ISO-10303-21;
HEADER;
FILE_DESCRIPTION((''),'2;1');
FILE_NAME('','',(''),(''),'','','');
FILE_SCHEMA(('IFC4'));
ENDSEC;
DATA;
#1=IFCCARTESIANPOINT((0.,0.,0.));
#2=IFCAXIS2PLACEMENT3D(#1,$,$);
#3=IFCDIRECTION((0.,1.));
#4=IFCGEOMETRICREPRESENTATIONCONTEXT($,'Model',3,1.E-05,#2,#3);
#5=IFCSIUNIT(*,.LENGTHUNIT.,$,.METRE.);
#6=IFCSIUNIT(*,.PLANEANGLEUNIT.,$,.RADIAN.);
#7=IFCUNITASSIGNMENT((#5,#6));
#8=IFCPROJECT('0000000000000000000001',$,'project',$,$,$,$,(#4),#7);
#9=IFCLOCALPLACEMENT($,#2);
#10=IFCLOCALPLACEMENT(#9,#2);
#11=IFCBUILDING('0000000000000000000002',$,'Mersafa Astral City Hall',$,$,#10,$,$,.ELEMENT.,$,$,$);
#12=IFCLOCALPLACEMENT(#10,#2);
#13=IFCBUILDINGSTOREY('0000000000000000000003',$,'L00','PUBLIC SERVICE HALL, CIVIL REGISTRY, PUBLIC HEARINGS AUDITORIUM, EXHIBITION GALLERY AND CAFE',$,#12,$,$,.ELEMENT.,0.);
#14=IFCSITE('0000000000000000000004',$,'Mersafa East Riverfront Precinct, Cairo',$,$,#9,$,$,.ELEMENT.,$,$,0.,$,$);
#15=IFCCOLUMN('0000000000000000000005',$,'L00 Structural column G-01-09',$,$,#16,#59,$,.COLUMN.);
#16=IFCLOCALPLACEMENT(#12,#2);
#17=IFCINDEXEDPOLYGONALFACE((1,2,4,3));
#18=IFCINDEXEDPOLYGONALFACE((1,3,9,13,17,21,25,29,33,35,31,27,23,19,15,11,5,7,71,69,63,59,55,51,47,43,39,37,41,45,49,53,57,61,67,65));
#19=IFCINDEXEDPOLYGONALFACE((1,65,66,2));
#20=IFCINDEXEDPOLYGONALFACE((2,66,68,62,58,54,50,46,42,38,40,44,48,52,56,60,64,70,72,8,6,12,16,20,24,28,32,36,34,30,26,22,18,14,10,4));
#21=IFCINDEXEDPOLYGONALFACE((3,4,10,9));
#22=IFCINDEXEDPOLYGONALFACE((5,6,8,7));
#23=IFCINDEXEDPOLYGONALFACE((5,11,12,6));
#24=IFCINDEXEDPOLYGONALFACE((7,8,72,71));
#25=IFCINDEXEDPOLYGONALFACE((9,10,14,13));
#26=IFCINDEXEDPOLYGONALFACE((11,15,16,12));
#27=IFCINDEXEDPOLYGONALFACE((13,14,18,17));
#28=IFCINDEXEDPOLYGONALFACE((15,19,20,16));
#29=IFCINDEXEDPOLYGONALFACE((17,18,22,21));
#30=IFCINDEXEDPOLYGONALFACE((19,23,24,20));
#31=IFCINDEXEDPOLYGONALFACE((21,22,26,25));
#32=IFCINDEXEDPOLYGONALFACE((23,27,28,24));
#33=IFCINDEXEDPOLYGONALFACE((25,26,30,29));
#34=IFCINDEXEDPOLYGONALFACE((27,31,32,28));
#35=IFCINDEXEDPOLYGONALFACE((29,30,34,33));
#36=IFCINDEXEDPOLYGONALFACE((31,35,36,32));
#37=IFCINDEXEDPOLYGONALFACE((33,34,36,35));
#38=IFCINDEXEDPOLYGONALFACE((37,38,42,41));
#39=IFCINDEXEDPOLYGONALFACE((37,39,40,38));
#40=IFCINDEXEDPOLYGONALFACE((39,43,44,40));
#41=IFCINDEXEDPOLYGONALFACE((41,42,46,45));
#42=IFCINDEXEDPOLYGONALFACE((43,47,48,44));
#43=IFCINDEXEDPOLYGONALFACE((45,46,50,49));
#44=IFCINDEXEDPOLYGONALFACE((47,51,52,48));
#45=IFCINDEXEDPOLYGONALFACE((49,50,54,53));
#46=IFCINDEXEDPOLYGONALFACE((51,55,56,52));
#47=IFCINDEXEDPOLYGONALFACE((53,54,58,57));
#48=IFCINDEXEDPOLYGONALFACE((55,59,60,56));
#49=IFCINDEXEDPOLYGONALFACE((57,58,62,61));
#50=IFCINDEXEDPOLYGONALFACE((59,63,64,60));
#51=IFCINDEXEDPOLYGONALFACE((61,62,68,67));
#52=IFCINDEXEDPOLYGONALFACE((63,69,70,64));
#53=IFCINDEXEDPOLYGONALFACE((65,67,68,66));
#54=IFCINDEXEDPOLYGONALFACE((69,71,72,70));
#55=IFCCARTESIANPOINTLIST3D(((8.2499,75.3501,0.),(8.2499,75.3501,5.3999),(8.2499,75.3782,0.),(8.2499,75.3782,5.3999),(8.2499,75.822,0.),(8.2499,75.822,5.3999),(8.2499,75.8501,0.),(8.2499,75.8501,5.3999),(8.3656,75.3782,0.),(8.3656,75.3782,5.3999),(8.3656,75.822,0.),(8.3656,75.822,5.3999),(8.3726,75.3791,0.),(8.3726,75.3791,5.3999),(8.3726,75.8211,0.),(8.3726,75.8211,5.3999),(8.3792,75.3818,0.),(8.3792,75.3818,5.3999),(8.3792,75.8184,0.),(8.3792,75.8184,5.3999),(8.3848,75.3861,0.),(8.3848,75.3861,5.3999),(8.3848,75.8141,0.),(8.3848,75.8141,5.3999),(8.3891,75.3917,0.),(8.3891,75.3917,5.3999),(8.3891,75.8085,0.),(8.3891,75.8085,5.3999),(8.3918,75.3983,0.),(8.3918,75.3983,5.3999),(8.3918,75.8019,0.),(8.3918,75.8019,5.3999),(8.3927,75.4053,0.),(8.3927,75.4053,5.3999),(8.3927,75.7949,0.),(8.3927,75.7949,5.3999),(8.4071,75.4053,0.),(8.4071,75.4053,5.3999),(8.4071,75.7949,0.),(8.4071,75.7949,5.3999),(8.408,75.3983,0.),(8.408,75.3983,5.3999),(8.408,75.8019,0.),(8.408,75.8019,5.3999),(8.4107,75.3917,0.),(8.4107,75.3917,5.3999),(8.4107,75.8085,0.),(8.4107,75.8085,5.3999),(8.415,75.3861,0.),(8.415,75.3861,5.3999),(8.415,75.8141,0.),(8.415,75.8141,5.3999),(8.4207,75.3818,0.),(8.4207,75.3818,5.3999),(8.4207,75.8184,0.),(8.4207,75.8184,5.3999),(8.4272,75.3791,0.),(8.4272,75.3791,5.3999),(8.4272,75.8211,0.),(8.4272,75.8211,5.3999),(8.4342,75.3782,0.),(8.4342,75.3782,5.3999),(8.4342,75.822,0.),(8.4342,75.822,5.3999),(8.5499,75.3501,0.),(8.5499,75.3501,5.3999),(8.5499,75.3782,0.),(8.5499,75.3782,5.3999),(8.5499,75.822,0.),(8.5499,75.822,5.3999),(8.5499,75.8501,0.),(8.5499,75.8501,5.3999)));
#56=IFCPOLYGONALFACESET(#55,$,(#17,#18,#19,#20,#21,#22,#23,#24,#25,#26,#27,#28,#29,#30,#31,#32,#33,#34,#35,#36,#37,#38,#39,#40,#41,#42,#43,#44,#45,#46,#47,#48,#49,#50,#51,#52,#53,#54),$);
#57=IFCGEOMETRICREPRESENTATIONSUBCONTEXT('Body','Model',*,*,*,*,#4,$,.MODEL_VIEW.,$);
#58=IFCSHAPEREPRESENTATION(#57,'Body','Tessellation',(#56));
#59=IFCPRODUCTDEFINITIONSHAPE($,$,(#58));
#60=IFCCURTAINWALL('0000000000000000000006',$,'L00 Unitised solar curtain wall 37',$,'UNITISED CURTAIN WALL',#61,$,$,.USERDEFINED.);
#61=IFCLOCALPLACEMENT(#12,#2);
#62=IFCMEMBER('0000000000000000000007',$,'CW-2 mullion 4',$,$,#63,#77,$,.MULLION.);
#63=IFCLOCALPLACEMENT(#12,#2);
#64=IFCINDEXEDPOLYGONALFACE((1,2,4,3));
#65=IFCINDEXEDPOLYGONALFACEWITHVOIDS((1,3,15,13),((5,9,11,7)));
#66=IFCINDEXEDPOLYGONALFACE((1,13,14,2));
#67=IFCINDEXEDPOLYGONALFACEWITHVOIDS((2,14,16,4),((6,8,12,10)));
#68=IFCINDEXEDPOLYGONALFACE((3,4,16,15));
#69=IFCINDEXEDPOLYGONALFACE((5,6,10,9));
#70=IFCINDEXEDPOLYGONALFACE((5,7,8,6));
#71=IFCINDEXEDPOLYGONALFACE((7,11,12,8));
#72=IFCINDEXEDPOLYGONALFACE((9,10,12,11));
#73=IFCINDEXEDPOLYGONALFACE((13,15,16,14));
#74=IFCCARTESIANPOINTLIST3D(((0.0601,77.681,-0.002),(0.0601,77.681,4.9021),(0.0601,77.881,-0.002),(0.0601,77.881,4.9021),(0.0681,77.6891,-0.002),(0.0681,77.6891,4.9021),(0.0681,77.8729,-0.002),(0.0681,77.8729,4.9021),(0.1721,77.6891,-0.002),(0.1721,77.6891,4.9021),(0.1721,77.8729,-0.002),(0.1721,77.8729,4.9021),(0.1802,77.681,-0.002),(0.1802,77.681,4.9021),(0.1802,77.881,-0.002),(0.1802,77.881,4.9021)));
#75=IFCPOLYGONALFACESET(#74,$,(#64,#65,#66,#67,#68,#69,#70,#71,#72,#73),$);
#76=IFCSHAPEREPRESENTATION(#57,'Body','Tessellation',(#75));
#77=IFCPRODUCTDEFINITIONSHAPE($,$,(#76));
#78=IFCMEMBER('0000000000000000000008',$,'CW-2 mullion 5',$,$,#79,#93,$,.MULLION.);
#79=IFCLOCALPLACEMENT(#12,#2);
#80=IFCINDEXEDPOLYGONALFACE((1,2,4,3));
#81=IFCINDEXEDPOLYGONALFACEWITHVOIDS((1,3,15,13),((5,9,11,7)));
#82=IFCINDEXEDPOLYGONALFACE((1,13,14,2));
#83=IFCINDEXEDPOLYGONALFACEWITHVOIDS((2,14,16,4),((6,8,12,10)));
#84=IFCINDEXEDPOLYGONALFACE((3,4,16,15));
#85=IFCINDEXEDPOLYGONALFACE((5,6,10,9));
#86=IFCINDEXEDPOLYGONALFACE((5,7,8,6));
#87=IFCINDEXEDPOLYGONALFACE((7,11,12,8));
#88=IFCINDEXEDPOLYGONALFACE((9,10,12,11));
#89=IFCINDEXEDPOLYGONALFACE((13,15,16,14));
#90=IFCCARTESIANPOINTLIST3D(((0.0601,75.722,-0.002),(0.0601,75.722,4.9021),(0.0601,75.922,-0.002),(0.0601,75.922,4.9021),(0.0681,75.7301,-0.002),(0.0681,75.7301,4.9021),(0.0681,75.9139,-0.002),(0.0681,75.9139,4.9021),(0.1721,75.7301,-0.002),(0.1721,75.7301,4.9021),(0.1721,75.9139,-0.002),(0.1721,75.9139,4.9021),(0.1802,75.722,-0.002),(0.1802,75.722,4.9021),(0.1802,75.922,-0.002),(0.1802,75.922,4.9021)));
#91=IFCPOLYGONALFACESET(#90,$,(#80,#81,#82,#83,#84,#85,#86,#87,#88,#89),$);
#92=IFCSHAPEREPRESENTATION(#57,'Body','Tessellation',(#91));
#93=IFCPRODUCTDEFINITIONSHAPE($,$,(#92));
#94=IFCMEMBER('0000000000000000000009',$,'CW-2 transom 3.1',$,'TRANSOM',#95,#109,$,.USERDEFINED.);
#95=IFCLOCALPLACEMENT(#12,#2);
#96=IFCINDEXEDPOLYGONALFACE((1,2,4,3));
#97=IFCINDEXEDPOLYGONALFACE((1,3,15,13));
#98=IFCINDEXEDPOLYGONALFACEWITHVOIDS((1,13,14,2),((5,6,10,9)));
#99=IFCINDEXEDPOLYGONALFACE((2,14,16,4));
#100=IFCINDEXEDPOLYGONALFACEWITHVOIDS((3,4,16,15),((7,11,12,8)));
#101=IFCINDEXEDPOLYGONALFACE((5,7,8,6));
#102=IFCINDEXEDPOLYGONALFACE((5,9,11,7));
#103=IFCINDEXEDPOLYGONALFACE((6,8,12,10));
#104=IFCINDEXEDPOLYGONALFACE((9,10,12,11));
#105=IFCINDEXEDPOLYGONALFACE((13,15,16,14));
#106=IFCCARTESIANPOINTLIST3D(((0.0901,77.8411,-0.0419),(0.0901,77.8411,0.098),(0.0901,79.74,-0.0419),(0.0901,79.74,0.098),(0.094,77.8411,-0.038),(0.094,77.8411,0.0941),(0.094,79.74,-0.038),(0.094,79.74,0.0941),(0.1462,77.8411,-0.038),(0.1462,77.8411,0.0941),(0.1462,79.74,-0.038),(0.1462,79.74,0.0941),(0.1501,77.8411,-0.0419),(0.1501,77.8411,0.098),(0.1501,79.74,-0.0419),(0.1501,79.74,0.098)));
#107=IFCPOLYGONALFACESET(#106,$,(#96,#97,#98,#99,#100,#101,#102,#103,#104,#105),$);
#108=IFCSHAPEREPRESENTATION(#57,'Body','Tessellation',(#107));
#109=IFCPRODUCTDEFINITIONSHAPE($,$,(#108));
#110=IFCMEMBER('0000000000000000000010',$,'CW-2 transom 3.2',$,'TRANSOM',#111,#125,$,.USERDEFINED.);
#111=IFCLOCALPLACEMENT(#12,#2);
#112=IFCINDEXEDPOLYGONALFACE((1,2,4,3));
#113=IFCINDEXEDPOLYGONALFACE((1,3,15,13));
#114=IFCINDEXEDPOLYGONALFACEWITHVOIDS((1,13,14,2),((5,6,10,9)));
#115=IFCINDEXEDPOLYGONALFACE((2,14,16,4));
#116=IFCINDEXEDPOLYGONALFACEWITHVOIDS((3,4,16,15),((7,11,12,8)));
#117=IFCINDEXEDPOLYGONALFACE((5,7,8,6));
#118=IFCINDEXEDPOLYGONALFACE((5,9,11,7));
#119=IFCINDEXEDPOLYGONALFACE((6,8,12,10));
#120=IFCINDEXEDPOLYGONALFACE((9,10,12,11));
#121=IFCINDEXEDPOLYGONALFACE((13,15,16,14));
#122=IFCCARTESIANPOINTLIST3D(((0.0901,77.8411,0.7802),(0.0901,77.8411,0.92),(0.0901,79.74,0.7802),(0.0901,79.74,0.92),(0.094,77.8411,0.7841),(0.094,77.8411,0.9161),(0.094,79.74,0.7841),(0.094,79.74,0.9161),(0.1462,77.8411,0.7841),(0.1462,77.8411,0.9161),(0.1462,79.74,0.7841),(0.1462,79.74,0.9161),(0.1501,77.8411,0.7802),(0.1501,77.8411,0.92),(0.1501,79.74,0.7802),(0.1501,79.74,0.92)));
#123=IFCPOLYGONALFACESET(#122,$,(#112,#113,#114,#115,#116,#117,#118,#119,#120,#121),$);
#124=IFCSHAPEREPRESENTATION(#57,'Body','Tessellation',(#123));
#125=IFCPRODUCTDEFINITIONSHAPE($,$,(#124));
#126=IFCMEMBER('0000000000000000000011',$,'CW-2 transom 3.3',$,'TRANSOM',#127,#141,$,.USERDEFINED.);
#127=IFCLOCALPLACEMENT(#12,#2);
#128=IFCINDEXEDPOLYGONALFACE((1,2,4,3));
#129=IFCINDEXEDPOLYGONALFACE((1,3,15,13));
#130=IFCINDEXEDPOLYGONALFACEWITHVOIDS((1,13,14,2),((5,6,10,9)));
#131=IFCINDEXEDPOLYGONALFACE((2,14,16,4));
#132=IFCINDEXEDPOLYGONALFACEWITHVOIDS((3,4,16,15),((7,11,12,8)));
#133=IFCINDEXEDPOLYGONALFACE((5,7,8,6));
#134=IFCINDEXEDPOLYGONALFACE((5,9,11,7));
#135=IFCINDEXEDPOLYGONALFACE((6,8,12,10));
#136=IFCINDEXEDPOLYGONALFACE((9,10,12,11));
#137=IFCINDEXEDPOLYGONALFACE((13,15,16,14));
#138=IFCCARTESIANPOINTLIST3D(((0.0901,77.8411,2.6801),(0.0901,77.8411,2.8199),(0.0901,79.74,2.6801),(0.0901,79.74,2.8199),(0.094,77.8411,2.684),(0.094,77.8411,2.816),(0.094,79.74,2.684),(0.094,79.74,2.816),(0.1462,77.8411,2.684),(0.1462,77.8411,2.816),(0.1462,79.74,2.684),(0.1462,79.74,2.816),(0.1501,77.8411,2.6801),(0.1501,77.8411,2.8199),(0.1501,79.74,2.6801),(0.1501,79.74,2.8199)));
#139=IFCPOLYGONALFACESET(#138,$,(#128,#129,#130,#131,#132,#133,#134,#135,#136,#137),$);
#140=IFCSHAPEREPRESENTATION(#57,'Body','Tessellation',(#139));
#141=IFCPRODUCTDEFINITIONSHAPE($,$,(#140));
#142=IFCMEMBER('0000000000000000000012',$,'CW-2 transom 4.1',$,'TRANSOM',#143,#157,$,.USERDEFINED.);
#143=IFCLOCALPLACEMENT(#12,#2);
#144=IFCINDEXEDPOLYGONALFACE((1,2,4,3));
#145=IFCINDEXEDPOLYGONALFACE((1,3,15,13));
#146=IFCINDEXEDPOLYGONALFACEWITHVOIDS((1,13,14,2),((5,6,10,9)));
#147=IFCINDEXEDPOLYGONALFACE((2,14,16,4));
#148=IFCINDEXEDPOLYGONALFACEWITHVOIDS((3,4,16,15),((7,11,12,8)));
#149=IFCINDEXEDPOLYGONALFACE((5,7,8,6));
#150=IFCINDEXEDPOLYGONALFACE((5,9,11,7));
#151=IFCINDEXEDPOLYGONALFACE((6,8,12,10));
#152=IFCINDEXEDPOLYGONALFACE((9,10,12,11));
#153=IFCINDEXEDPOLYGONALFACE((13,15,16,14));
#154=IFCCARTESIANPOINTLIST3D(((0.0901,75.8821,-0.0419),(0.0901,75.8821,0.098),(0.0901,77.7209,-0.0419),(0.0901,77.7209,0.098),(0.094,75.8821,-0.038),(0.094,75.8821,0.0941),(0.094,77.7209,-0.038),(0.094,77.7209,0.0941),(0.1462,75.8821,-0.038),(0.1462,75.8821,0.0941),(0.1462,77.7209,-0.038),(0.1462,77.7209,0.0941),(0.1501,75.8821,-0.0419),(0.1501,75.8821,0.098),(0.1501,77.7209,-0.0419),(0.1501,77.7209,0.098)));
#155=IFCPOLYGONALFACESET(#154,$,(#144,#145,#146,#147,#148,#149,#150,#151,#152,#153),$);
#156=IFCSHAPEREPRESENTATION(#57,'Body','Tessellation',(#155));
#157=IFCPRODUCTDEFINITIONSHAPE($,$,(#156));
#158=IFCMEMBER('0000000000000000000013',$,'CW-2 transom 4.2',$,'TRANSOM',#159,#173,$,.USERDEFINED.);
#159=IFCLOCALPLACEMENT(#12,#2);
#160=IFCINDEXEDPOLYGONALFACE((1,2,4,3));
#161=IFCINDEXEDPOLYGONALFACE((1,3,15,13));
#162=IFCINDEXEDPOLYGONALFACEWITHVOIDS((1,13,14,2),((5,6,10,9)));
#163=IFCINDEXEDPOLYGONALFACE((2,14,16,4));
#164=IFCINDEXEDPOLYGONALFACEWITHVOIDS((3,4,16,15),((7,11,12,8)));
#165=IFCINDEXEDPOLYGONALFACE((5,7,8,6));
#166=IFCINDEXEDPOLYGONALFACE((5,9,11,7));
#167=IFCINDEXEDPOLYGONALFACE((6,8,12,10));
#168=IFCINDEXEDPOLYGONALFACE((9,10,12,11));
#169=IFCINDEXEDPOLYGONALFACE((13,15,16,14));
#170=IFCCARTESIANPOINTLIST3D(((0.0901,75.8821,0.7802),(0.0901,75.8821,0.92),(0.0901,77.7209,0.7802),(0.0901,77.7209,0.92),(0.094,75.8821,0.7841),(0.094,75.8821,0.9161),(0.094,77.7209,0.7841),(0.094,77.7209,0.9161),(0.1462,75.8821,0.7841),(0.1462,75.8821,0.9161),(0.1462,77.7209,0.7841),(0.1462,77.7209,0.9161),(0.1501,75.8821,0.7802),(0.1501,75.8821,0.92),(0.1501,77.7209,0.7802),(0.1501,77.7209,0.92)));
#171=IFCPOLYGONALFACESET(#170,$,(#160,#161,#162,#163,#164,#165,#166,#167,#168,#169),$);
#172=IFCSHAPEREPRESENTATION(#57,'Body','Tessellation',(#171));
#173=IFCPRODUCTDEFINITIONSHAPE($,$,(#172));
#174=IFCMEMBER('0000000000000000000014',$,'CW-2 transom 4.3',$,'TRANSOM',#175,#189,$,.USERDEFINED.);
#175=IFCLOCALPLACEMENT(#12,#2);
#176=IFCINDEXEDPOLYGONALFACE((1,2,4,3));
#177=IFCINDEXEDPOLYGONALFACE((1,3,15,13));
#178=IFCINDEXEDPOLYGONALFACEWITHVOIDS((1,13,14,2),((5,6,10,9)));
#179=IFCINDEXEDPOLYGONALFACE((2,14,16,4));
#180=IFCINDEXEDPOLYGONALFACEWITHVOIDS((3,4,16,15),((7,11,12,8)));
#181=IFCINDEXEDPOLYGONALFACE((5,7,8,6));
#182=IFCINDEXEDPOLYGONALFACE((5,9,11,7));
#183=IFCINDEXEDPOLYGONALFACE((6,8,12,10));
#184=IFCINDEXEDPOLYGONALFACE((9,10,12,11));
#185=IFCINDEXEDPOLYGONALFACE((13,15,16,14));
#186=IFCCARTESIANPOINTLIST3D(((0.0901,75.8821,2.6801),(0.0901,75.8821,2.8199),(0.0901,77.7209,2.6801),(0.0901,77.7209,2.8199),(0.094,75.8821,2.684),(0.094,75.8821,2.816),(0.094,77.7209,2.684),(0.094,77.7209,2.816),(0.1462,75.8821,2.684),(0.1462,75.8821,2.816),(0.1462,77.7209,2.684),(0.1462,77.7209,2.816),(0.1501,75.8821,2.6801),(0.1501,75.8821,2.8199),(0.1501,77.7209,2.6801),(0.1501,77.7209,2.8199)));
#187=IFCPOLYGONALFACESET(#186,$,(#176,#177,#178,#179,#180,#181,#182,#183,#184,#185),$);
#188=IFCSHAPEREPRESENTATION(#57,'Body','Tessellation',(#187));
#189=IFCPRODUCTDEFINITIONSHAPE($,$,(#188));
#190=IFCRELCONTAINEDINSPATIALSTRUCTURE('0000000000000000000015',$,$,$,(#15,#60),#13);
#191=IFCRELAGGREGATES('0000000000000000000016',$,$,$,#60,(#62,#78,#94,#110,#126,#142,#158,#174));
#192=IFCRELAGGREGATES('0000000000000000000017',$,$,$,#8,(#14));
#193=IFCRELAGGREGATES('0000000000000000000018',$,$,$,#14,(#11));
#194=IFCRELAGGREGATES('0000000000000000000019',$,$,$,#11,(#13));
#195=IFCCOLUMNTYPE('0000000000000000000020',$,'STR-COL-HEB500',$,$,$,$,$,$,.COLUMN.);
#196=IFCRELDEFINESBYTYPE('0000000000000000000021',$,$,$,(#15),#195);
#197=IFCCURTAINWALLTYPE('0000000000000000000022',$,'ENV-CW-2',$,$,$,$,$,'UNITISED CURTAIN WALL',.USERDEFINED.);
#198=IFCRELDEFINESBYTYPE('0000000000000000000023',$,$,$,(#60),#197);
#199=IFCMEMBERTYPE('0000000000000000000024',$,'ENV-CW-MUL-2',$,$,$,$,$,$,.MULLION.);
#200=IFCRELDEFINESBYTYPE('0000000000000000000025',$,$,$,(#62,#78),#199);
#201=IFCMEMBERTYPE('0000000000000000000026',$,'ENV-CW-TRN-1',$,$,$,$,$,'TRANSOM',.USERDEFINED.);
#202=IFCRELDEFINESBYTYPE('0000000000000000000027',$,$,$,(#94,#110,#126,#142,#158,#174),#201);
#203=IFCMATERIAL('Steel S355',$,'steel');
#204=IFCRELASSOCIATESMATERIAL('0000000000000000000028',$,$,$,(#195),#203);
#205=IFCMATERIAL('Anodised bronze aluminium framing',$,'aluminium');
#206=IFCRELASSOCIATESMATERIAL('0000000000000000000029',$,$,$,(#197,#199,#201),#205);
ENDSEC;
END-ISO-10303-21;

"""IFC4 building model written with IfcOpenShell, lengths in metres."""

from ifc_helpers import new_model, si_unit, direction, frame, origin, origin_2d, place, context, subcontext, project, spatial, hollow_rectangle, i_section, extrude, material, material_profile, profile_set, type_object, element, aggregate, save


model = new_model("IFC4")

# Units and contexts
model_context = context("Model", 3, precision=1e-05, world=origin(), true_north=direction((0.0, 1.0)))
body_context = subcontext(model_context, "Body", "Model", "MODEL_VIEW")
ifc_project = project(units=[si_unit("LENGTHUNIT", "METRE"), si_unit("PLANEANGLEUNIT", "RADIAN")], contexts=[model_context])

# Site, building, storey
site_placement = place(None, origin())
site = spatial("IfcSite", under=ifc_project, at=site_placement, Name="Mersafa East Riverfront Precinct, Cairo", CompositionType="ELEMENT", RefElevation=0.0)
building_placement = place(site_placement, origin())
building = spatial("IfcBuilding", under=site, at=building_placement, Name="Mersafa Astral City Hall", CompositionType="ELEMENT")
storey_placement = place(building_placement, origin())
storey = spatial("IfcBuildingStorey", under=building, at=storey_placement, Name="L00", Description="PUBLIC SERVICE HALL, CIVIL REGISTRY, PUBLIC HEARINGS AUDITORIUM, EXHIBITION GALLERY AND CAFE", CompositionType="ELEMENT", Elevation=0.0)

# Column
ifc_material_1 = material(Name="Steel S355", Category="steel")
ifc_material_profile_1 = material_profile(ifc_material_1, i_section(OverallWidth=0.3, OverallDepth=0.5, WebThickness=0.0144, FlangeThickness=0.0281, FilletRadius=0.0271, at=origin_2d()), Name="HEB 500")
ifc_profile_set_1 = profile_set([ifc_material_profile_1], Name="Steel S355")
column_type = type_object("IfcColumnType", Name="STR-COL-HEB500", PredefinedType="COLUMN", material=ifc_profile_set_1)
column_placement = place(storey_placement, frame((8.3999, 75.6001, 0.0), z_axis=(0.0, 0.0, 1.0), x_axis=(1.0, 0.0, 0.0)))
element("IfcColumn", 1, at=column_placement, inside=storey, type_object=column_type, Name="L00 Structural column G-01-09", PredefinedType="COLUMN", context=body_context, shape_type="SweptSolid", body=[
    extrude(i_section(OverallWidth=0.3, OverallDepth=0.5, WebThickness=0.0144, FlangeThickness=0.0281, FilletRadius=0.0271, at=origin_2d()), origin(), (0.0, 0.0, 1.0), 5.3999),
])

# Curtain wall, members
ifc_material_2 = material(Name="Anodised bronze aluminium framing", Category="aluminium")
curtain_wall_type = type_object("IfcCurtainWallType", Name="ENV-CW-2", ElementType="UNITISED CURTAIN WALL", PredefinedType="USERDEFINED", material=ifc_material_2)
curtain_wall_placement = place(storey_placement, origin())
curtain_wall = element("IfcCurtainWall", 2, at=curtain_wall_placement, inside=storey, type_object=curtain_wall_type, Name="L00 Unitised solar curtain wall 37", ObjectType="UNITISED CURTAIN WALL", PredefinedType="USERDEFINED")
ifc_material_profile_2 = material_profile(ifc_material_2, hollow_rectangle(XDim=0.1201, YDim=0.2, WallThickness=0.0081, at=origin_2d()), Name="RHS 120x200x8")
ifc_profile_set_2 = profile_set([ifc_material_profile_2], Name="Anodised bronze aluminium framing")
member_type_1 = type_object("IfcMemberType", Name="ENV-CW-MUL-2", PredefinedType="MULLION", material=ifc_profile_set_2)
member_1_placement = place(storey_placement, frame((0.1201, 77.781, -0.002), z_axis=(0.0, 0.0, 1.0), x_axis=(1.0, 0.0, 0.0)))
member_1 = element("IfcMember", 3, at=member_1_placement, type_object=member_type_1, Name="CW-2 mullion 4", PredefinedType="MULLION", context=body_context, shape_type="SweptSolid", body=[
    extrude(hollow_rectangle(XDim=0.1201, YDim=0.2, WallThickness=0.0081, at=origin_2d()), origin(), (0.0, 0.0, 1.0), 4.9041),
])
member_2_placement = place(storey_placement, frame((0.1201, 75.822, -0.002), z_axis=(0.0, 0.0, 1.0), x_axis=(1.0, 0.0, 0.0)))
member_2 = element("IfcMember", 4, at=member_2_placement, type_object=member_type_1, Name="CW-2 mullion 5", PredefinedType="MULLION", context=body_context, shape_type="SweptSolid", body=[
    extrude(hollow_rectangle(XDim=0.1201, YDim=0.2, WallThickness=0.0081, at=origin_2d()), origin(), (0.0, 0.0, 1.0), 4.9041),
])
ifc_material_profile_3 = material_profile(ifc_material_2, hollow_rectangle(XDim=0.0601, YDim=0.1399, WallThickness=0.0039, at=origin_2d()), Name="RHS 60x140x4")
ifc_profile_set_3 = profile_set([ifc_material_profile_3], Name="Anodised bronze aluminium framing")
member_type_2 = type_object("IfcMemberType", Name="ENV-CW-TRN-1", ElementType="TRANSOM", PredefinedType="USERDEFINED", material=ifc_profile_set_3)
member_3_placement = place(storey_placement, frame((0.1201, 79.74, 0.0281), z_axis=(0.0, -1.0, 0.0), x_axis=(1.0, 0.0, 0.0)))
member_3 = element("IfcMember", 5, at=member_3_placement, type_object=member_type_2, Name="CW-2 transom 3.1", ObjectType="TRANSOM", PredefinedType="USERDEFINED", context=body_context, shape_type="SweptSolid", body=[
    extrude(hollow_rectangle(XDim=0.0601, YDim=0.1399, WallThickness=0.0039, at=origin_2d()), origin(), (0.0, 0.0, 1.0), 1.8989),
])
member_4_placement = place(storey_placement, frame((0.1201, 79.74, 0.8501), z_axis=(0.0, -1.0, 0.0), x_axis=(1.0, 0.0, 0.0)))
member_4 = element("IfcMember", 6, at=member_4_placement, type_object=member_type_2, Name="CW-2 transom 3.2", ObjectType="TRANSOM", PredefinedType="USERDEFINED", context=body_context, shape_type="SweptSolid", body=[
    extrude(hollow_rectangle(XDim=0.0601, YDim=0.1399, WallThickness=0.0039, at=origin_2d()), origin(), (0.0, 0.0, 1.0), 1.8989),
])
member_5_placement = place(storey_placement, frame((0.1201, 79.74, 2.75), z_axis=(0.0, -1.0, 0.0), x_axis=(1.0, 0.0, 0.0)))
member_5 = element("IfcMember", 7, at=member_5_placement, type_object=member_type_2, Name="CW-2 transom 3.3", ObjectType="TRANSOM", PredefinedType="USERDEFINED", context=body_context, shape_type="SweptSolid", body=[
    extrude(hollow_rectangle(XDim=0.0601, YDim=0.1399, WallThickness=0.0039, at=origin_2d()), origin(), (0.0, 0.0, 1.0), 1.8989),
])
member_6_placement = place(storey_placement, frame((0.1201, 77.7209, 0.0281), z_axis=(0.0, -1.0, 0.0), x_axis=(1.0, 0.0, 0.0)))
member_6 = element("IfcMember", 8, at=member_6_placement, type_object=member_type_2, Name="CW-2 transom 4.1", ObjectType="TRANSOM", PredefinedType="USERDEFINED", context=body_context, shape_type="SweptSolid", body=[
    extrude(hollow_rectangle(XDim=0.0601, YDim=0.1399, WallThickness=0.0039, at=origin_2d()), origin(), (0.0, 0.0, 1.0), 1.8389),
])
member_7_placement = place(storey_placement, frame((0.1201, 77.7209, 0.8501), z_axis=(0.0, -1.0, 0.0), x_axis=(1.0, 0.0, 0.0)))
member_7 = element("IfcMember", 9, at=member_7_placement, type_object=member_type_2, Name="CW-2 transom 4.2", ObjectType="TRANSOM", PredefinedType="USERDEFINED", context=body_context, shape_type="SweptSolid", body=[
    extrude(hollow_rectangle(XDim=0.0601, YDim=0.1399, WallThickness=0.0039, at=origin_2d()), origin(), (0.0, 0.0, 1.0), 1.8389),
])
member_8_placement = place(storey_placement, frame((0.1201, 77.7209, 2.75), z_axis=(0.0, -1.0, 0.0), x_axis=(1.0, 0.0, 0.0)))
member_8 = element("IfcMember", 10, at=member_8_placement, type_object=member_type_2, Name="CW-2 transom 4.3", ObjectType="TRANSOM", PredefinedType="USERDEFINED", context=body_context, shape_type="SweptSolid", body=[
    extrude(hollow_rectangle(XDim=0.0601, YDim=0.1399, WallThickness=0.0039, at=origin_2d()), origin(), (0.0, 0.0, 1.0), 1.8389),
])

aggregate(curtain_wall, [member_1, member_2, member_3, member_4, member_5, member_6, member_7, member_8])

save(model, "model.ifc")
